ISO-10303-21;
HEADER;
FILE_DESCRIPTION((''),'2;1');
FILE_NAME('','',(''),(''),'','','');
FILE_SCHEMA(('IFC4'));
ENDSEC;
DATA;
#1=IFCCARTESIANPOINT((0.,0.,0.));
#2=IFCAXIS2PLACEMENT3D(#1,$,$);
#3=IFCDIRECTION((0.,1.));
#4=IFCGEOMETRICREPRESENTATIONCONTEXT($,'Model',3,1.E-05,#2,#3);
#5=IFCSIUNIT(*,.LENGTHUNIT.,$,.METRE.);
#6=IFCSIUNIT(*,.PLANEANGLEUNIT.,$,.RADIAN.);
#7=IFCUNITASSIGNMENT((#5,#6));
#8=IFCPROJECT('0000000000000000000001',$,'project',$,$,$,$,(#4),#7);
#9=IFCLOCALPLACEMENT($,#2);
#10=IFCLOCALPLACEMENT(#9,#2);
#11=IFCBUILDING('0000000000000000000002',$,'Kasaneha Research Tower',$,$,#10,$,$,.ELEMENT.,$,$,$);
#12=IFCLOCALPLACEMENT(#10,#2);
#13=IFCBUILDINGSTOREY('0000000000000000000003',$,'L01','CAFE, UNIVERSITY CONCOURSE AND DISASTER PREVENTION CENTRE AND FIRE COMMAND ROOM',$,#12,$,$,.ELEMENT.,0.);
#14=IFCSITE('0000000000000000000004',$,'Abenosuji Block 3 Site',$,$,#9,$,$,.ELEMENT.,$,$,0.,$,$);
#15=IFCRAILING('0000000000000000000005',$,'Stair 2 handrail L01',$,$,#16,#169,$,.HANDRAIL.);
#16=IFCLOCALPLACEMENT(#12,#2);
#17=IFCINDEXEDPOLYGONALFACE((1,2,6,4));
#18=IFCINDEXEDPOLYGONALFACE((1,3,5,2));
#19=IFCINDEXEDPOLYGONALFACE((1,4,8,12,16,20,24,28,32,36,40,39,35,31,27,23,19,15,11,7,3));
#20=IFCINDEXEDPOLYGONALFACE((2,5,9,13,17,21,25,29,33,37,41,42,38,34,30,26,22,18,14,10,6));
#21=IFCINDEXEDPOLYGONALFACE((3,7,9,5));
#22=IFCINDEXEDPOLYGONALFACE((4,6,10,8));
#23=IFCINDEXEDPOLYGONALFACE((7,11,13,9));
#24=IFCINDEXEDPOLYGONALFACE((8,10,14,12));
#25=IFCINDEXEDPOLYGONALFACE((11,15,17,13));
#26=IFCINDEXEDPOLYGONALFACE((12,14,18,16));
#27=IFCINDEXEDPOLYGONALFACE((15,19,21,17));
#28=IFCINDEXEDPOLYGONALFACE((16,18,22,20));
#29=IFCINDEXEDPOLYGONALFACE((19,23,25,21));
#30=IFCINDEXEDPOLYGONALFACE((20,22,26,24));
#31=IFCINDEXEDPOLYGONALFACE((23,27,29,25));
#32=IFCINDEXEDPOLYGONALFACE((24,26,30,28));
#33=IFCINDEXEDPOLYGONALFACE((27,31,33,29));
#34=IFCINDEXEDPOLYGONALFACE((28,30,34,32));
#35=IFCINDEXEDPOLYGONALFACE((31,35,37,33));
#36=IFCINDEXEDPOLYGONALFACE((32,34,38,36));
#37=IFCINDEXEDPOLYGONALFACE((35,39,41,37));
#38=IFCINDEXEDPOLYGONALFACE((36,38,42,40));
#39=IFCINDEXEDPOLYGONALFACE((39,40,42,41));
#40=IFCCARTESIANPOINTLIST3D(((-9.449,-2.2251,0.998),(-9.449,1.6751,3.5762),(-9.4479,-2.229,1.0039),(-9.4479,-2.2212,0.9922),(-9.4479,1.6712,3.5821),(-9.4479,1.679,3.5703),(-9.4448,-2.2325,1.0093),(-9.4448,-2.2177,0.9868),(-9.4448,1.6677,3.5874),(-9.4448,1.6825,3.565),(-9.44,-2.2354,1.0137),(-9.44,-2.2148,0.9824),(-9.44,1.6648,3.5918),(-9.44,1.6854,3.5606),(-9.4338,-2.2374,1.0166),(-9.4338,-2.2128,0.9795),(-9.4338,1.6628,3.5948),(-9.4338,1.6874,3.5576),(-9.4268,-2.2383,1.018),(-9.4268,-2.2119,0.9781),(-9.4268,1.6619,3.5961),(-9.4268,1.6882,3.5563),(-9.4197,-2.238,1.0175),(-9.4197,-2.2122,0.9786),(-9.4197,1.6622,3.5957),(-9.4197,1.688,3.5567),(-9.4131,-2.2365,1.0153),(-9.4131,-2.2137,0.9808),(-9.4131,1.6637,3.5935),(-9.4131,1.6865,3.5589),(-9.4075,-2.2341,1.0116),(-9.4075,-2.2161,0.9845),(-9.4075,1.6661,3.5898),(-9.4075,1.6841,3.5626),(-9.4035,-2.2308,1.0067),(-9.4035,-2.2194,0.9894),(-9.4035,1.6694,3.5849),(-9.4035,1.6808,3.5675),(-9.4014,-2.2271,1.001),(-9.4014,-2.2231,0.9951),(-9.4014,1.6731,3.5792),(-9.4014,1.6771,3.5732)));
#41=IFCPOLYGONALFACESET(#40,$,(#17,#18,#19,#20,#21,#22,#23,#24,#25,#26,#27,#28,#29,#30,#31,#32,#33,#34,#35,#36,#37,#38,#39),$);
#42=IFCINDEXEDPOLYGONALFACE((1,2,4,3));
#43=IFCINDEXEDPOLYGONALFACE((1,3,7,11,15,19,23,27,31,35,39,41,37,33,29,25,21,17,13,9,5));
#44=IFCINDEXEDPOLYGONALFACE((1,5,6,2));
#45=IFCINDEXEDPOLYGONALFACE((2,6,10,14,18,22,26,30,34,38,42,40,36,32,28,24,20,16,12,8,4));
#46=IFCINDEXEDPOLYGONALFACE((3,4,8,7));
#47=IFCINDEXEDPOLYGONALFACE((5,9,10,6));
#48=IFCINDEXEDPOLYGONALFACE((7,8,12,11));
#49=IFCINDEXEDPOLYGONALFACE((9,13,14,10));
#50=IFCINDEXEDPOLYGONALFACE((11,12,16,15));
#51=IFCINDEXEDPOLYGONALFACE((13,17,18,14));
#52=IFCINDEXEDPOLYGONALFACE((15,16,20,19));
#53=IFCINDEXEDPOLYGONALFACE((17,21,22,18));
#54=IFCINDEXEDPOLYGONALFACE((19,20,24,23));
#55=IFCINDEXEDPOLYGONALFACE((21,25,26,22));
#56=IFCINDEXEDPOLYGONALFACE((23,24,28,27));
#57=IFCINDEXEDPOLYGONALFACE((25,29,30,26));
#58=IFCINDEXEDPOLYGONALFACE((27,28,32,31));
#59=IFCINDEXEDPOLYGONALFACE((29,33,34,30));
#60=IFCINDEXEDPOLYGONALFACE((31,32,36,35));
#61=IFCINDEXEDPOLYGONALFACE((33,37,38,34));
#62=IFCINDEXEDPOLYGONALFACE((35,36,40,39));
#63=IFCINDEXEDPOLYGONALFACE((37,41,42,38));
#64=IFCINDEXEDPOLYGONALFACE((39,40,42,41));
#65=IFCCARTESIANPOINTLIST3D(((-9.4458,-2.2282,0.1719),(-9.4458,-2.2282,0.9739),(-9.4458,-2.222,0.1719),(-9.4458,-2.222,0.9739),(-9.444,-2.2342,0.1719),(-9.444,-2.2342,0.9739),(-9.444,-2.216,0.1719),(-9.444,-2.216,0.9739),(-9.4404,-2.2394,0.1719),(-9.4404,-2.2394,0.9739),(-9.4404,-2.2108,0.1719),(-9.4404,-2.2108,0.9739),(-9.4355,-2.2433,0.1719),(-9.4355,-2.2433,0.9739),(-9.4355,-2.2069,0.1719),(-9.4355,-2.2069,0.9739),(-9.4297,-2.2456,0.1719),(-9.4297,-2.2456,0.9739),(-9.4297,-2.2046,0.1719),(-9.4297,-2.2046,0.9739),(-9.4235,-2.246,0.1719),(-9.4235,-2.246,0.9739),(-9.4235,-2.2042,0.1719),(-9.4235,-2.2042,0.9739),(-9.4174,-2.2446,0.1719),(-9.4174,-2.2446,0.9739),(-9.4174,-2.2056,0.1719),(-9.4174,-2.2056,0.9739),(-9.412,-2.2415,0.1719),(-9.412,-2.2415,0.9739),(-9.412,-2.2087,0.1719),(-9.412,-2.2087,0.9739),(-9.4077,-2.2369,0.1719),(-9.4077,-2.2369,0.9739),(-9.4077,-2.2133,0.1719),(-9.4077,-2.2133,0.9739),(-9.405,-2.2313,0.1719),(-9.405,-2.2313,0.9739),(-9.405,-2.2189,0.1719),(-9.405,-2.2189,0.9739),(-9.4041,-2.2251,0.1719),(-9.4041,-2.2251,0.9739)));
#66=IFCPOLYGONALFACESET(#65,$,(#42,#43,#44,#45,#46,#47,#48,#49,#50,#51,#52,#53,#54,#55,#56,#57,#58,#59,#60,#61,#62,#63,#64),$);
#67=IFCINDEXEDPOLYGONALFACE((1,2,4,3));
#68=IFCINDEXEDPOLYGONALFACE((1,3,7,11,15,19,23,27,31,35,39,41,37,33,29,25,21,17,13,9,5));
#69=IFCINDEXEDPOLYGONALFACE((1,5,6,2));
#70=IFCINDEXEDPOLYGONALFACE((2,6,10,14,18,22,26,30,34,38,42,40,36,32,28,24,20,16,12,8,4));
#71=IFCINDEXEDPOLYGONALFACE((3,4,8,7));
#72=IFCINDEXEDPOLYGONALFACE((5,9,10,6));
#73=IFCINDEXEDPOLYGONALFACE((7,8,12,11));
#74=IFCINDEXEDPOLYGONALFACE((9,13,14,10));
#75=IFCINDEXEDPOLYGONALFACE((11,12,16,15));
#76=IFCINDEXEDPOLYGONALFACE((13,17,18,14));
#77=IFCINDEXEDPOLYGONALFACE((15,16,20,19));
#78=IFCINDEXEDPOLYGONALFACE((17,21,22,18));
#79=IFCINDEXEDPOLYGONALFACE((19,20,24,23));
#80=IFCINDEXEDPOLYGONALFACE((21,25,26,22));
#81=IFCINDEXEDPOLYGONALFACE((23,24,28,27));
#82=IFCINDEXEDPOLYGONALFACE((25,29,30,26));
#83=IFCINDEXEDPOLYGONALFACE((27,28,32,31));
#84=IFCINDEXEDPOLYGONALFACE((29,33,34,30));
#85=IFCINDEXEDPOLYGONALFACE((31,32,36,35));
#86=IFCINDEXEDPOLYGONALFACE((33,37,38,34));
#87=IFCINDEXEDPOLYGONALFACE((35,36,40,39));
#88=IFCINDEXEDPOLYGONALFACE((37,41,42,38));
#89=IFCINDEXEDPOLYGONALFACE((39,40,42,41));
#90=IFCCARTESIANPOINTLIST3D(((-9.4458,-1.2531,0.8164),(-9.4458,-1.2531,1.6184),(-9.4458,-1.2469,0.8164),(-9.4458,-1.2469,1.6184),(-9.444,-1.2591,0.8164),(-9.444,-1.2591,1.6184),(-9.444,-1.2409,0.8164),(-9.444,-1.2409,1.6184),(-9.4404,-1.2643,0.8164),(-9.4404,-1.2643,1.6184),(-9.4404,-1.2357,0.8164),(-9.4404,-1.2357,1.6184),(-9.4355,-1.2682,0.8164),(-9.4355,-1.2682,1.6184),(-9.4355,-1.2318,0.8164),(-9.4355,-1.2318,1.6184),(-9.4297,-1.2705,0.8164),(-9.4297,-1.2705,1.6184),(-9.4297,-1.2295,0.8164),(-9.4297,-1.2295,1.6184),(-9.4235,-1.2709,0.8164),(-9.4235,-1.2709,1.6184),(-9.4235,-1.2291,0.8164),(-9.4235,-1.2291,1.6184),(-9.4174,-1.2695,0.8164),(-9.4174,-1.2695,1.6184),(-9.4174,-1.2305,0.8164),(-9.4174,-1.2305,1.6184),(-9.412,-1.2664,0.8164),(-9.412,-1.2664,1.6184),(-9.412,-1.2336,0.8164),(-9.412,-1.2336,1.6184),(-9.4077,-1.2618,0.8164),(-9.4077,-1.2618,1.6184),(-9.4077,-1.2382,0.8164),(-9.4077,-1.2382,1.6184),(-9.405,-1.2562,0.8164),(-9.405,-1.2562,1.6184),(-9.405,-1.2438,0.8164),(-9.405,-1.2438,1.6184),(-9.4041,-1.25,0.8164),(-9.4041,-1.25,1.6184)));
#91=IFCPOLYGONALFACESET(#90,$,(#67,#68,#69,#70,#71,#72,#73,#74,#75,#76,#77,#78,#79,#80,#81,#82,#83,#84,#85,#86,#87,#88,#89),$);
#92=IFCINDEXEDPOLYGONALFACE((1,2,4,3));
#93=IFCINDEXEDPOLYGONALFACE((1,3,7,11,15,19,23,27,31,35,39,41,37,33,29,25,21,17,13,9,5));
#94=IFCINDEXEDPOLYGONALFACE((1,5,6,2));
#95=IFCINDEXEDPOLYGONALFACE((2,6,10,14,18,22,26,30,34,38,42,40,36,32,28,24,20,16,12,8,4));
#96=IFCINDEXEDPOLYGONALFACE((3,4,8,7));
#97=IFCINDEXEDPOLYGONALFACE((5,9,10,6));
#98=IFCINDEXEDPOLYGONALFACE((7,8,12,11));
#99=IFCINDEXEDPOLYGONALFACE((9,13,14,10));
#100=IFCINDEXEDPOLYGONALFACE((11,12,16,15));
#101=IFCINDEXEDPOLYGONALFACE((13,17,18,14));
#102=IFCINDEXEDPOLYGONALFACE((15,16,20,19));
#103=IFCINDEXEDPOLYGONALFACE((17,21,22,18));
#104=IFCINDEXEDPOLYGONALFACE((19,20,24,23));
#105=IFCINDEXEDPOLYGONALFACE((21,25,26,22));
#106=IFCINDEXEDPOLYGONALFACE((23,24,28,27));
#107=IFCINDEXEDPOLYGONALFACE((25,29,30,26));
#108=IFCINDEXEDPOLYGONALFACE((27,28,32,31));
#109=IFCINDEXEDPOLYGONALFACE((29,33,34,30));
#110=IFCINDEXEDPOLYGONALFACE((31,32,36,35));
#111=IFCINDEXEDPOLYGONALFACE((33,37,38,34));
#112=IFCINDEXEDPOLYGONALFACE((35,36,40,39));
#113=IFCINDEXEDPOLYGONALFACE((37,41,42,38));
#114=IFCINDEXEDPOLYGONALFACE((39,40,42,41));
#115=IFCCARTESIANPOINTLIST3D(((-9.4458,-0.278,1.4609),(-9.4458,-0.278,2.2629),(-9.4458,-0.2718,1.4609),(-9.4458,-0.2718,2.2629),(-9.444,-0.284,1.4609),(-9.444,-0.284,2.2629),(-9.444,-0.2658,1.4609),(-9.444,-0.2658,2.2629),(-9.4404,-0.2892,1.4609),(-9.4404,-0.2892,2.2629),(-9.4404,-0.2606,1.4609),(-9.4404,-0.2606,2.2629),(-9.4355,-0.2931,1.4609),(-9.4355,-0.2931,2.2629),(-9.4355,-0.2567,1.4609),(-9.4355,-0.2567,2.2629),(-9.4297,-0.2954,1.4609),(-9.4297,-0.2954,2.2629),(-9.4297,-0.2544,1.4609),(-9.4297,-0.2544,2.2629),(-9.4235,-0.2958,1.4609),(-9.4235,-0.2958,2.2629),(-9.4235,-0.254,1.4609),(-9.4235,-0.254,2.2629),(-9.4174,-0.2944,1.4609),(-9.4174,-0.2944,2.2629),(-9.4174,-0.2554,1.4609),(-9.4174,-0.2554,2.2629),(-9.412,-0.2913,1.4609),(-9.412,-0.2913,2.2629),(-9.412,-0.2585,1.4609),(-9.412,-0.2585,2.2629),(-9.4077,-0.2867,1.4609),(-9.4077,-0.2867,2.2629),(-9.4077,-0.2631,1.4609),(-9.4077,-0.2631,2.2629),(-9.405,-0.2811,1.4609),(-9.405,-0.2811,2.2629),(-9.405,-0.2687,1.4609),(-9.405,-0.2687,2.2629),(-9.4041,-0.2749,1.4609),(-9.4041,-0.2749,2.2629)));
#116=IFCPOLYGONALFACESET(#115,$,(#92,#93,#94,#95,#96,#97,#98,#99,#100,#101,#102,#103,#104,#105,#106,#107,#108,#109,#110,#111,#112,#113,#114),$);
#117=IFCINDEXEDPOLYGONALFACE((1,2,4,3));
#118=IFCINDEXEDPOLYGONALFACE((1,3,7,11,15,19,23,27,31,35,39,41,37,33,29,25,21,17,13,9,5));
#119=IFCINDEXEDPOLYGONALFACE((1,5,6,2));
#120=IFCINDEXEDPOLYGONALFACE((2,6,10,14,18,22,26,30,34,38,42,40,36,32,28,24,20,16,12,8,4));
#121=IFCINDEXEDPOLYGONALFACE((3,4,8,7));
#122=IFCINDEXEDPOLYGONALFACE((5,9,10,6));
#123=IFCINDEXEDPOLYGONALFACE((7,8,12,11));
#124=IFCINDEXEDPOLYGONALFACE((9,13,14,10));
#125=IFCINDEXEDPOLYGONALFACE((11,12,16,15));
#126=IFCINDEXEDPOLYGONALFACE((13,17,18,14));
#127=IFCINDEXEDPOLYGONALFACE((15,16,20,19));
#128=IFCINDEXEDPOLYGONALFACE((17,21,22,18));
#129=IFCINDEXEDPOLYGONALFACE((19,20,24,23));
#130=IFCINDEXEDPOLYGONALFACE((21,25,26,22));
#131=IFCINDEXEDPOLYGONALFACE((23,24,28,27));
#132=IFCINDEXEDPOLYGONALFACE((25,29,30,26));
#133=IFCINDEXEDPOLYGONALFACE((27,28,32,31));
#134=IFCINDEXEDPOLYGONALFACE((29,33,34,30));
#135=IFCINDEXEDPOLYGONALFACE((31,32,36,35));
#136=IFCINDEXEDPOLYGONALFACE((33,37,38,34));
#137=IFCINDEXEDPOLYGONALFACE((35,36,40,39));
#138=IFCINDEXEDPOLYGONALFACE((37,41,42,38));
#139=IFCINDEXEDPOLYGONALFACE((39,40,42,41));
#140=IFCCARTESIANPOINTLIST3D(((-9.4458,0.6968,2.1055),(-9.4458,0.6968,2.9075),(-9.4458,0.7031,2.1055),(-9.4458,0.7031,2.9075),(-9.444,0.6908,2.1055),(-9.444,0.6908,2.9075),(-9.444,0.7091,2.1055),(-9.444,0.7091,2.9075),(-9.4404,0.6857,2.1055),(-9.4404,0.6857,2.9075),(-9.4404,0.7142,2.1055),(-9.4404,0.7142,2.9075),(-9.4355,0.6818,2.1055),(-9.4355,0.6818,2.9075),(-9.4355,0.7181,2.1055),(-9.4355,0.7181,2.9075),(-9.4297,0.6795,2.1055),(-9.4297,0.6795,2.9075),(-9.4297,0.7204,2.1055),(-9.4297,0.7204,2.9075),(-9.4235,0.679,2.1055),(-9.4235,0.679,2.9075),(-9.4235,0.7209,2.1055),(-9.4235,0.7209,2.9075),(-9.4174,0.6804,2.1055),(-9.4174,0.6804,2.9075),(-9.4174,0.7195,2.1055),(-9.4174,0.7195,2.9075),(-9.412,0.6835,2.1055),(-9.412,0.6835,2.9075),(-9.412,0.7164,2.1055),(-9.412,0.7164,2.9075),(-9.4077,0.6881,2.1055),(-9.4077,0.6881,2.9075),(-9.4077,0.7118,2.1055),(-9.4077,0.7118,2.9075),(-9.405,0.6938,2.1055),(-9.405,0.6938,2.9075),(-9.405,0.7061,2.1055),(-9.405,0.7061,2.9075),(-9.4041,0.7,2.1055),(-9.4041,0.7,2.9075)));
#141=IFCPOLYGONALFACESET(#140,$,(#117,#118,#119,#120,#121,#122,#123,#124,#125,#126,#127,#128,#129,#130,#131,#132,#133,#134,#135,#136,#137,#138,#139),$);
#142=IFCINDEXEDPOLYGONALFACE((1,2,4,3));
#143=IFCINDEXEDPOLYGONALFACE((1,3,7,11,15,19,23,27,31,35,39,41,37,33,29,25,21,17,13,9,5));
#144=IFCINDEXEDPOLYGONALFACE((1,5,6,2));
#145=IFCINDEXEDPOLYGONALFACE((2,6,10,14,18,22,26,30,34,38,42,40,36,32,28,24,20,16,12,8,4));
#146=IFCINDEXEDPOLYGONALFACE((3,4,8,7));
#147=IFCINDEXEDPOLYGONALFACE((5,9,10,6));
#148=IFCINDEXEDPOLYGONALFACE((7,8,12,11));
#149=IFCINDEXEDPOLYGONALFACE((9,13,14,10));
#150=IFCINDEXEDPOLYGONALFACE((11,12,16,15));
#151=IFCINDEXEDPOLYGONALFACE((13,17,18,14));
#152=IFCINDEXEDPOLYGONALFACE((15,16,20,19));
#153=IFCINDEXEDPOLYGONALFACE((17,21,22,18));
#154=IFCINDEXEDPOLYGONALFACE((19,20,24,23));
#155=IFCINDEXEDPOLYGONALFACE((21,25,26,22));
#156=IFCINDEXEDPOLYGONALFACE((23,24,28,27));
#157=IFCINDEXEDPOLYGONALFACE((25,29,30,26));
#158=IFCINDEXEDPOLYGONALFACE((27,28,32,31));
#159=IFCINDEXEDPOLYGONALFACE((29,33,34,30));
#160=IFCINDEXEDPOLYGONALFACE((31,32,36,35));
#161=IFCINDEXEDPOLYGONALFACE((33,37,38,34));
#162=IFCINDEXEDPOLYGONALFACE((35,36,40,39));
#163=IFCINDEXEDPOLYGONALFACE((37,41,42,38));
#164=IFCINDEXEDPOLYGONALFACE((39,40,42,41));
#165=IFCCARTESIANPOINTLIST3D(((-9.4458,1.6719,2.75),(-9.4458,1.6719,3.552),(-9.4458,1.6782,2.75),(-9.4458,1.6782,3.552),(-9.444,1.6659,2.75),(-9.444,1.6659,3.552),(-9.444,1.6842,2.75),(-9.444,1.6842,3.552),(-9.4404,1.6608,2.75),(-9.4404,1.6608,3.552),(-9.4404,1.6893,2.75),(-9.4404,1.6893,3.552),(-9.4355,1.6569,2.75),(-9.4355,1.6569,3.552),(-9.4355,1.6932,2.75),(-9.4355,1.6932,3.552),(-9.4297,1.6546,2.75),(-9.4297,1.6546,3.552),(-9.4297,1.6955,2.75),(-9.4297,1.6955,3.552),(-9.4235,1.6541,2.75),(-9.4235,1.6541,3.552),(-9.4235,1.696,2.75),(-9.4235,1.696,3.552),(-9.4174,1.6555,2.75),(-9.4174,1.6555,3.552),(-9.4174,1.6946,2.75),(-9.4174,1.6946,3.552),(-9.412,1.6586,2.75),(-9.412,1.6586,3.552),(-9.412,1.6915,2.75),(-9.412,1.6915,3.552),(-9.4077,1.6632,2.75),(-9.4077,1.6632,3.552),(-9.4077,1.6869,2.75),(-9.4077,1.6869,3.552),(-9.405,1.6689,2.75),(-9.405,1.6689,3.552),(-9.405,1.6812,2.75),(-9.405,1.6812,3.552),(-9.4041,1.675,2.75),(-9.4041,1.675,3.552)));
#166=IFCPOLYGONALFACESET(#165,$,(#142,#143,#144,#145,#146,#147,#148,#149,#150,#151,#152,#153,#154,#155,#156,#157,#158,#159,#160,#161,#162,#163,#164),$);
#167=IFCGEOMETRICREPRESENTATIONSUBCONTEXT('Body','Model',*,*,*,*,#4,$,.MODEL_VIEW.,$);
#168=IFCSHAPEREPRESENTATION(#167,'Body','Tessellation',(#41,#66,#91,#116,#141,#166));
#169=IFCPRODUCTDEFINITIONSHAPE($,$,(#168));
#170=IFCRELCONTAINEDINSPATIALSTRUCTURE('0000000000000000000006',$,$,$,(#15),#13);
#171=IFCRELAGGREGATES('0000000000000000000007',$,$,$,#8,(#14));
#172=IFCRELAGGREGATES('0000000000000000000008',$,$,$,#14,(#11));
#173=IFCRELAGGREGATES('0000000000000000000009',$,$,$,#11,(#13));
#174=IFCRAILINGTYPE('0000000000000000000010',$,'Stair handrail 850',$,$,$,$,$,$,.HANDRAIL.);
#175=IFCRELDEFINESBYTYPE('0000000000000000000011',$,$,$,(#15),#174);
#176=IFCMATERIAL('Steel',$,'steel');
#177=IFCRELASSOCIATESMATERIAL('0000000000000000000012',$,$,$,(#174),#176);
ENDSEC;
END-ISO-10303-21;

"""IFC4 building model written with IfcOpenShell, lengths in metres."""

from ifc_helpers import new_model, si_unit, direction, frame, origin, origin_2d, place, context, subcontext, project, spatial, circle, extrude, material, type_object, element, save


model = new_model("IFC4")

# Units and contexts
model_context = context("Model", 3, precision=1e-05, world=origin(), true_north=direction((0.0, 1.0)))
body_context = subcontext(model_context, "Body", "Model", "MODEL_VIEW")
ifc_project = project(units=[si_unit("LENGTHUNIT", "METRE"), si_unit("PLANEANGLEUNIT", "RADIAN")], contexts=[model_context])

# Site, building, storey
site_placement = place(None, origin())
site = spatial("IfcSite", under=ifc_project, at=site_placement, Name="Abenosuji Block 3 Site", CompositionType="ELEMENT", RefElevation=0.0)
building_placement = place(site_placement, origin())
building = spatial("IfcBuilding", under=site, at=building_placement, Name="Kasaneha Research Tower", CompositionType="ELEMENT")
storey_placement = place(building_placement, origin())
storey = spatial("IfcBuildingStorey", under=building, at=storey_placement, Name="L01", Description="CAFE, UNIVERSITY CONCOURSE AND DISASTER PREVENTION CENTRE AND FIRE COMMAND ROOM", CompositionType="ELEMENT", Elevation=0.0)

# Railing
ifc_material_1 = material(Name="Steel", Category="steel")
railing_type = type_object("IfcRailingType", Name="Stair handrail 850", PredefinedType="HANDRAIL", material=ifc_material_1)
railing_placement = place(storey_placement, frame((-9.425, -2.2251, 0.1719)))
element("IfcRailing", 1, at=railing_placement, inside=storey, type_object=railing_type, Name="Stair 2 handrail L01", PredefinedType="HANDRAIL", context=body_context, shape_type="SweptSolid", body=[
    extrude(circle(Radius=0.0239, at=origin_2d()), frame((0.0, 0.0, 0.8262), z_axis=(0.0, 0.834213, 0.551442), x_axis=(-1.0, 0.0, 0.0)), (0.0, 0.0, 1.0), 4.6753),
    extrude(circle(Radius=0.021, at=origin_2d()), origin(), (0.0, 0.0, 1.0), 0.802),
    extrude(circle(Radius=0.021, at=origin_2d()), frame((0.0, 0.9751, 0.6445)), (0.0, 0.0, 1.0), 0.802),
    extrude(circle(Radius=0.021, at=origin_2d()), frame((0.0, 1.9502, 1.2891)), (0.0, 0.0, 1.0), 0.802),
    extrude(circle(Radius=0.021, at=origin_2d()), frame((0.0, 2.925, 1.9336)), (0.0, 0.0, 1.0), 0.802),
    extrude(circle(Radius=0.021, at=origin_2d()), frame((0.0, 3.9001, 2.5781)), (0.0, 0.0, 1.0), 0.802),
])

save(model, "model.ifc")
